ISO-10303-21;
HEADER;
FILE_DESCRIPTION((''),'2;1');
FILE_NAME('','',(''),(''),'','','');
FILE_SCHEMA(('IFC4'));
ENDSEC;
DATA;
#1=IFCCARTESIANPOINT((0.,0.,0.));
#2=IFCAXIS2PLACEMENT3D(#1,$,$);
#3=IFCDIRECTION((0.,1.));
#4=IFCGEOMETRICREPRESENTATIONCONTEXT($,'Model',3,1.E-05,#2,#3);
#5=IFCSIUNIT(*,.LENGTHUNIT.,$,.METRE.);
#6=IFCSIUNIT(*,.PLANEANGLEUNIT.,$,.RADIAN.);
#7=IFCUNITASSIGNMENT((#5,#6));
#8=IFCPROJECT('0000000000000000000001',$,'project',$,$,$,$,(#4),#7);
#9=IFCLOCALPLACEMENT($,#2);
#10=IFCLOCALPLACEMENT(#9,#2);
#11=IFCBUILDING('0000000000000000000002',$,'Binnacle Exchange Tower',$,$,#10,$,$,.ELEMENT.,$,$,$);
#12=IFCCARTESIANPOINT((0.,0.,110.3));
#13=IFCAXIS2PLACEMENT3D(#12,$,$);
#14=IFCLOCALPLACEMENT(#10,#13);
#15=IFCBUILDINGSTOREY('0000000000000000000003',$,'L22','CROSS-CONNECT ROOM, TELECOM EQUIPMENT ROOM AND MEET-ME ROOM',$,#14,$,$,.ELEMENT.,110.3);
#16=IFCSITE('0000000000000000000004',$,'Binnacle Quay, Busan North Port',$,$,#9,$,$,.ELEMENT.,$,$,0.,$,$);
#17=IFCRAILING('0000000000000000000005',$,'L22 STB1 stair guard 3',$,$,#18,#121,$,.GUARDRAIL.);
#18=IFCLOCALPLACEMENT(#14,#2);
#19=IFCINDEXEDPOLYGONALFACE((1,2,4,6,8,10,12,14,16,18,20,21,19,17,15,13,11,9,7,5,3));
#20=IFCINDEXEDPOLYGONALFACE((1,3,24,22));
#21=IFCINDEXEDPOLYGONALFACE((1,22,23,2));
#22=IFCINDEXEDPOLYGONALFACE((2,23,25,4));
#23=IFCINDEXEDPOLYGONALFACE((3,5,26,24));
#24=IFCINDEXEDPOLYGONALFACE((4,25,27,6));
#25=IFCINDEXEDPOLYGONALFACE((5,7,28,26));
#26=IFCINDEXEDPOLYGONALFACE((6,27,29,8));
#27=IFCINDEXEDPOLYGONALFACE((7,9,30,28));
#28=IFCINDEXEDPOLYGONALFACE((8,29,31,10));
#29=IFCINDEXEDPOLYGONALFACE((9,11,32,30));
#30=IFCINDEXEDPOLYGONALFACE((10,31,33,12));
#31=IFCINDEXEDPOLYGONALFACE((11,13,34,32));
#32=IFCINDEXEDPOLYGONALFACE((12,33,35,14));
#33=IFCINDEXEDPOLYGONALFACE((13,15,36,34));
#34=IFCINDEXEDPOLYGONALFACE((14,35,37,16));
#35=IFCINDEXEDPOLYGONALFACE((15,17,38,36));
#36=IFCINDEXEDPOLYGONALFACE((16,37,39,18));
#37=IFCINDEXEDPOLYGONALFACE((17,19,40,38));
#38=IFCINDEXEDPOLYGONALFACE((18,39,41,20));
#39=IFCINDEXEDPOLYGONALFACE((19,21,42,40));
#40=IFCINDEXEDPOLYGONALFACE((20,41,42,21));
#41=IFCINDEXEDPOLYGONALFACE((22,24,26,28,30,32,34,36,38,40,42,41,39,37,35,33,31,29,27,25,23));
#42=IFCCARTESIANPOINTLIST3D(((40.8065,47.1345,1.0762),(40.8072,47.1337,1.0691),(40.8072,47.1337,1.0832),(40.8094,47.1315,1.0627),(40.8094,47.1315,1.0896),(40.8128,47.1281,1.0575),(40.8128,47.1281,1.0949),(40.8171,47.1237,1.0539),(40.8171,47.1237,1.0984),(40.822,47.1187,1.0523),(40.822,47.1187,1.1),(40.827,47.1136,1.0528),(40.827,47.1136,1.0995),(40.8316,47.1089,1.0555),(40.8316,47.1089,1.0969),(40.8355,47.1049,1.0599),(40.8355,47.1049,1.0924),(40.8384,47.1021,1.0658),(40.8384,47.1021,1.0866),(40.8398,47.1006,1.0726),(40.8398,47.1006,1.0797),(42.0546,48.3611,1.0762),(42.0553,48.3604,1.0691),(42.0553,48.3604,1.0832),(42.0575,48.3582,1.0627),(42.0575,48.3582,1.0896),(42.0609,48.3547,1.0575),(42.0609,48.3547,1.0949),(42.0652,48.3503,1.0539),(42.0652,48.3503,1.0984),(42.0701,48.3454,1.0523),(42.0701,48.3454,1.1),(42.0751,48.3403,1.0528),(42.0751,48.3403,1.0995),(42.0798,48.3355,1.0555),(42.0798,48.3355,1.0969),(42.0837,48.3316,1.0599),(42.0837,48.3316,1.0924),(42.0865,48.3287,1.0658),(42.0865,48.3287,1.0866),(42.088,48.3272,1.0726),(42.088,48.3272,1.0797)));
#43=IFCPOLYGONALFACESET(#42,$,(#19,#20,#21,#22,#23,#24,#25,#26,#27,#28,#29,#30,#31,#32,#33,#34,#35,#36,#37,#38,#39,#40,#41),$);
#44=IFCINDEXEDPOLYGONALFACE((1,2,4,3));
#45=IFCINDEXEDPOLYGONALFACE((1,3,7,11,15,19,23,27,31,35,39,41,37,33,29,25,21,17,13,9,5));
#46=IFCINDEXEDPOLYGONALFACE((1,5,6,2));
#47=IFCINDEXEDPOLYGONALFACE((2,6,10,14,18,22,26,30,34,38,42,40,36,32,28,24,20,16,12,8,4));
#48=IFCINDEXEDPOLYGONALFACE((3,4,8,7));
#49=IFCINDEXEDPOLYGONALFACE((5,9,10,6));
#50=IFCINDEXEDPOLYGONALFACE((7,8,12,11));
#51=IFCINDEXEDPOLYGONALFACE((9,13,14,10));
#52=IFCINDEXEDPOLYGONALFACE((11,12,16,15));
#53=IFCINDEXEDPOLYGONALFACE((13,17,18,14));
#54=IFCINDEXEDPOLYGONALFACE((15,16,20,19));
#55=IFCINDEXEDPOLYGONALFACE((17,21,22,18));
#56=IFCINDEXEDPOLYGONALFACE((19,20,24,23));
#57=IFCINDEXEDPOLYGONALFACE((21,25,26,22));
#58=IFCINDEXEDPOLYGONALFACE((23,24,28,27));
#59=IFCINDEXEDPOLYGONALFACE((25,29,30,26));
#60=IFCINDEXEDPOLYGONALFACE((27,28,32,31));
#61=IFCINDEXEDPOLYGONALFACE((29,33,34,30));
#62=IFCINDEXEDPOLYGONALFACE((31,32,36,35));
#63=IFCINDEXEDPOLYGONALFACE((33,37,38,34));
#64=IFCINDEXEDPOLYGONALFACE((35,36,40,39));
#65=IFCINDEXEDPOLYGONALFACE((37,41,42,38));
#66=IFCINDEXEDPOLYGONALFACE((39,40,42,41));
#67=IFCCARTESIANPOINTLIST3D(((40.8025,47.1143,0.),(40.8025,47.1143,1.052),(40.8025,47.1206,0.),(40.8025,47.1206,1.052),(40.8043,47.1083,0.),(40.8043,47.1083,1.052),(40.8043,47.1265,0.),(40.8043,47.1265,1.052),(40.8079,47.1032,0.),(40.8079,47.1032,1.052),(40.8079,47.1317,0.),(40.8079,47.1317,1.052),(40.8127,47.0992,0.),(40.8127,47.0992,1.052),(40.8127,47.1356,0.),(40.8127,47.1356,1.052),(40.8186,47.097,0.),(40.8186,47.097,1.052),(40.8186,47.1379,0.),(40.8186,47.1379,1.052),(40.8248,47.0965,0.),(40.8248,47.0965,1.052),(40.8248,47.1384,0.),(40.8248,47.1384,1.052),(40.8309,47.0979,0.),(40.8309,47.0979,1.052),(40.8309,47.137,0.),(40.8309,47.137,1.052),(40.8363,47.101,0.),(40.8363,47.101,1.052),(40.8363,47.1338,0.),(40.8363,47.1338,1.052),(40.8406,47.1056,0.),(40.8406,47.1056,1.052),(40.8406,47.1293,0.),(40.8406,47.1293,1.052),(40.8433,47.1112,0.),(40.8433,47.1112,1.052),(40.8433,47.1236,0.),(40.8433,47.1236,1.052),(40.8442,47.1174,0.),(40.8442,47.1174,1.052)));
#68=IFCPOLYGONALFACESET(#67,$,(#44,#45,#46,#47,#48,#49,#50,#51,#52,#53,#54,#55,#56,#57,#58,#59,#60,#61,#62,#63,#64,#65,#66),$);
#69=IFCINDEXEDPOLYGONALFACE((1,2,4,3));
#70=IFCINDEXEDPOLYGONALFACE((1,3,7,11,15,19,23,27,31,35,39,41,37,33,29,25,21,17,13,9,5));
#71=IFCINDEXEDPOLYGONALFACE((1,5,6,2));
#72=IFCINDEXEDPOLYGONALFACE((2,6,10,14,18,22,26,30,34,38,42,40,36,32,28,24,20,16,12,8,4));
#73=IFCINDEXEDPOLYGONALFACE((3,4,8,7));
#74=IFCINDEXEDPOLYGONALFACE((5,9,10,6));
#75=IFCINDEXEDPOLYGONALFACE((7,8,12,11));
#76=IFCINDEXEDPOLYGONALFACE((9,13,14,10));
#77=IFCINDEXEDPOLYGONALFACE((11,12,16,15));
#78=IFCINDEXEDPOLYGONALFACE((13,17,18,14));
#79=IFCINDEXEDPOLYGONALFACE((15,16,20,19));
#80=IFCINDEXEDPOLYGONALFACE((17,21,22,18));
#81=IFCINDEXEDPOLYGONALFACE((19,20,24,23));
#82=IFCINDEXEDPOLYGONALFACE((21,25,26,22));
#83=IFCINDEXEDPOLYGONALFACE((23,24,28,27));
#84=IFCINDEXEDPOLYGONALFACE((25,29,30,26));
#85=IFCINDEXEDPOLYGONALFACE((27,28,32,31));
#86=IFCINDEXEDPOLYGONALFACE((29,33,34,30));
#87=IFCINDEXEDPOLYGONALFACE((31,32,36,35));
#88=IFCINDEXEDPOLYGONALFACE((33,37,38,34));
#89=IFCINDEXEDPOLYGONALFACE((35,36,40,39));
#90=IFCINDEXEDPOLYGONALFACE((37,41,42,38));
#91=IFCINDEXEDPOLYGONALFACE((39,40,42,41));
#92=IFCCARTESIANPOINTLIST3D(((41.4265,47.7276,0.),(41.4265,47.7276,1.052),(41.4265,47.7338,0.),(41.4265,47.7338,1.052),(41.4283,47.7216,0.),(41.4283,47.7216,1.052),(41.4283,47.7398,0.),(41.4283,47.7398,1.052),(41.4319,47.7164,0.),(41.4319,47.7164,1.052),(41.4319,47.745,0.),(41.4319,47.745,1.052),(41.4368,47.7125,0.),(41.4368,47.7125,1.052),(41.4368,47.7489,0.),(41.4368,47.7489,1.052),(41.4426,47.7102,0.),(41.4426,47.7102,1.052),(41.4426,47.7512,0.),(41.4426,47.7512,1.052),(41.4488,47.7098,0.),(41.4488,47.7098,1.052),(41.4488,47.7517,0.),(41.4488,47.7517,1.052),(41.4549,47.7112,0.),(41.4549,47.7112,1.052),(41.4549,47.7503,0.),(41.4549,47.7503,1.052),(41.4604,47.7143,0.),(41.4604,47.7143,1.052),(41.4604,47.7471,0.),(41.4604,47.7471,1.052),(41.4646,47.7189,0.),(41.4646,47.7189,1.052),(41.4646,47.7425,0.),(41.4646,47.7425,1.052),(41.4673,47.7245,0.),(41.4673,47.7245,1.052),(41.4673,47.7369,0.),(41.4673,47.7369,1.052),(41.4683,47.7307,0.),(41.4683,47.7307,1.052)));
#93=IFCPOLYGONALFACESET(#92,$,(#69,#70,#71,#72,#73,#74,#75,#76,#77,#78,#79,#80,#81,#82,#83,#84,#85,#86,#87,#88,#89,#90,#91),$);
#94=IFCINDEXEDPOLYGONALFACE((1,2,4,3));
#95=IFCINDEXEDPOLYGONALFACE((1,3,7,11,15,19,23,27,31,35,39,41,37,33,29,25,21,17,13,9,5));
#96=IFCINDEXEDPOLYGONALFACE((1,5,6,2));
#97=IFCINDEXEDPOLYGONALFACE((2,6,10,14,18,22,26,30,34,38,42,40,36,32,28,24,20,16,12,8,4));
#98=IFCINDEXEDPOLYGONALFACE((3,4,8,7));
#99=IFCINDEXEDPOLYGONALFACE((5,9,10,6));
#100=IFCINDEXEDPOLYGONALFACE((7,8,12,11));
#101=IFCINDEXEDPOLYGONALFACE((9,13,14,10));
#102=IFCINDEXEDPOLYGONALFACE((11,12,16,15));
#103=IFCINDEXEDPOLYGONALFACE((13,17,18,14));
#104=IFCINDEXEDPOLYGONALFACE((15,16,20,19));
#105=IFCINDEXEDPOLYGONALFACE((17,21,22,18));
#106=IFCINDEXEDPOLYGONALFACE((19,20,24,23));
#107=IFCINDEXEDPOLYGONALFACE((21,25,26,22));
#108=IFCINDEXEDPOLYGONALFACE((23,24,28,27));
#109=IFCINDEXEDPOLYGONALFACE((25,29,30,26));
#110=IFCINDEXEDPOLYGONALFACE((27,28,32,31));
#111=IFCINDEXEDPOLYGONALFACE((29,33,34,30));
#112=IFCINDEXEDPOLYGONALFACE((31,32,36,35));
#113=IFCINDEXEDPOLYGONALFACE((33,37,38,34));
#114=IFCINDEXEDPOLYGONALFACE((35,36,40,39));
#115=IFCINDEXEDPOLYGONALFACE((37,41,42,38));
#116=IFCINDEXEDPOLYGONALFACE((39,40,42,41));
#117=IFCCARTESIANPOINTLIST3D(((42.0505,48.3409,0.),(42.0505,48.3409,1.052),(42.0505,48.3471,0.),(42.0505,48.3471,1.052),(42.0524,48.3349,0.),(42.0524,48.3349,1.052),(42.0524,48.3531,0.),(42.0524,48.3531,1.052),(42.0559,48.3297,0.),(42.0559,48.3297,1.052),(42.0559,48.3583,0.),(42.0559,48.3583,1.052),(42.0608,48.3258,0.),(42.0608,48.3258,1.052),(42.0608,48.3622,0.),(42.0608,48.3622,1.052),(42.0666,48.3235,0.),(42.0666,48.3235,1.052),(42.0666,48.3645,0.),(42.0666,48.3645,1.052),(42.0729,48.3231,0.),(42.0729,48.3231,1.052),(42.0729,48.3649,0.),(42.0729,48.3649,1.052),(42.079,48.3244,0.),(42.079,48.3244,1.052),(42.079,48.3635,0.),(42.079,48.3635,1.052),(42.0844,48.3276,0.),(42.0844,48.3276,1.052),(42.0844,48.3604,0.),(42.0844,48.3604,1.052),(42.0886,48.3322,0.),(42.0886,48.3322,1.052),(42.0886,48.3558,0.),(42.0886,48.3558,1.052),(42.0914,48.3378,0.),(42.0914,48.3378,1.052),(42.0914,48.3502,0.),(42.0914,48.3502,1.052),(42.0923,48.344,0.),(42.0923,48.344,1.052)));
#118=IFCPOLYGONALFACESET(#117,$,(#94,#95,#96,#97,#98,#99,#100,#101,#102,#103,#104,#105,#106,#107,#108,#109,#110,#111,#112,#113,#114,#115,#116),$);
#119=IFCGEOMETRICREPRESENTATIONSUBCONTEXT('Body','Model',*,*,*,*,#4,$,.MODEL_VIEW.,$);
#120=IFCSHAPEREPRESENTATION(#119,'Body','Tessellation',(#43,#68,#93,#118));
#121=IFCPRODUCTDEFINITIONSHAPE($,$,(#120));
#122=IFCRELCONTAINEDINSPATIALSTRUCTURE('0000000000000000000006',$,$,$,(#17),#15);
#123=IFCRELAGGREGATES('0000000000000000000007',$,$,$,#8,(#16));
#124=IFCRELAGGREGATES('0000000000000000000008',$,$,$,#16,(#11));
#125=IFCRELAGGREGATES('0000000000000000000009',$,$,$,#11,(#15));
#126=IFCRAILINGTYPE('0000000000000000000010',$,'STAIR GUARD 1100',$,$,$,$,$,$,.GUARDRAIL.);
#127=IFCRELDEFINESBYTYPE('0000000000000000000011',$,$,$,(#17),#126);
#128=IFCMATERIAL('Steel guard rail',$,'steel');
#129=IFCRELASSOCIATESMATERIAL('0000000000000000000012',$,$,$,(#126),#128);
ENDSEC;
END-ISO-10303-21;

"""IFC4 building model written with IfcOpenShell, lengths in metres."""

from ifc_helpers import new_model, si_unit, direction, frame, origin, origin_2d, place, context, subcontext, project, spatial, circle, extrude, material, type_object, element, save


model = new_model("IFC4")

# Units and contexts
model_context = context("Model", 3, precision=1e-05, world=origin(), true_north=direction((0.0, 1.0)))
body_context = subcontext(model_context, "Body", "Model", "MODEL_VIEW")
ifc_project = project(units=[si_unit("LENGTHUNIT", "METRE"), si_unit("PLANEANGLEUNIT", "RADIAN")], contexts=[model_context])

# Site, building, storey
site_placement = place(None, origin())
site = spatial("IfcSite", under=ifc_project, at=site_placement, Name="Binnacle Quay, Busan North Port", CompositionType="ELEMENT", RefElevation=0.0)
building_placement = place(site_placement, origin())
building = spatial("IfcBuilding", under=site, at=building_placement, Name="Binnacle Exchange Tower", CompositionType="ELEMENT")
storey_placement = place(building_placement, frame((0.0, 0.0, 110.3)))
storey = spatial("IfcBuildingStorey", under=building, at=storey_placement, Name="L22", Description="CROSS-CONNECT ROOM, TELECOM EQUIPMENT ROOM AND MEET-ME ROOM", CompositionType="ELEMENT", Elevation=110.3)

# Railing
ifc_material_1 = material(Name="Steel guard rail", Category="steel")
railing_type_1 = type_object("IfcRailingType", Name="STAIR GUARD 1100", PredefinedType="GUARDRAIL", material=ifc_material_1)
railing_1_placement = place(storey_placement, frame((40.8232, 47.1174, 0.0)))
element("IfcRailing", 1, at=railing_1_placement, inside=storey, type_object=railing_type_1, Name="L22 STB1 stair guard 3", PredefinedType="GUARDRAIL", context=body_context, shape_type="SweptSolid", body=[
    extrude(circle(Radius=0.0239, at=origin_2d()), frame((0.0, 0.0, 1.0762), z_axis=(0.713219, 0.700941, 0.0), x_axis=(-0.700941, 0.713219, 0.0)), (0.0, 0.0, 1.0), 1.75),
    extrude(circle(Radius=0.021, at=origin_2d()), origin(), (0.0, 0.0, 1.0), 1.052),
    extrude(circle(Radius=0.021, at=origin_2d()), frame((0.624, 0.6133, 0.0)), (0.0, 0.0, 1.0), 1.052),
    extrude(circle(Radius=0.021, at=origin_2d()), frame((1.248, 1.2266, 0.0)), (0.0, 0.0, 1.0), 1.052),
])

save(model, "model.ifc")
